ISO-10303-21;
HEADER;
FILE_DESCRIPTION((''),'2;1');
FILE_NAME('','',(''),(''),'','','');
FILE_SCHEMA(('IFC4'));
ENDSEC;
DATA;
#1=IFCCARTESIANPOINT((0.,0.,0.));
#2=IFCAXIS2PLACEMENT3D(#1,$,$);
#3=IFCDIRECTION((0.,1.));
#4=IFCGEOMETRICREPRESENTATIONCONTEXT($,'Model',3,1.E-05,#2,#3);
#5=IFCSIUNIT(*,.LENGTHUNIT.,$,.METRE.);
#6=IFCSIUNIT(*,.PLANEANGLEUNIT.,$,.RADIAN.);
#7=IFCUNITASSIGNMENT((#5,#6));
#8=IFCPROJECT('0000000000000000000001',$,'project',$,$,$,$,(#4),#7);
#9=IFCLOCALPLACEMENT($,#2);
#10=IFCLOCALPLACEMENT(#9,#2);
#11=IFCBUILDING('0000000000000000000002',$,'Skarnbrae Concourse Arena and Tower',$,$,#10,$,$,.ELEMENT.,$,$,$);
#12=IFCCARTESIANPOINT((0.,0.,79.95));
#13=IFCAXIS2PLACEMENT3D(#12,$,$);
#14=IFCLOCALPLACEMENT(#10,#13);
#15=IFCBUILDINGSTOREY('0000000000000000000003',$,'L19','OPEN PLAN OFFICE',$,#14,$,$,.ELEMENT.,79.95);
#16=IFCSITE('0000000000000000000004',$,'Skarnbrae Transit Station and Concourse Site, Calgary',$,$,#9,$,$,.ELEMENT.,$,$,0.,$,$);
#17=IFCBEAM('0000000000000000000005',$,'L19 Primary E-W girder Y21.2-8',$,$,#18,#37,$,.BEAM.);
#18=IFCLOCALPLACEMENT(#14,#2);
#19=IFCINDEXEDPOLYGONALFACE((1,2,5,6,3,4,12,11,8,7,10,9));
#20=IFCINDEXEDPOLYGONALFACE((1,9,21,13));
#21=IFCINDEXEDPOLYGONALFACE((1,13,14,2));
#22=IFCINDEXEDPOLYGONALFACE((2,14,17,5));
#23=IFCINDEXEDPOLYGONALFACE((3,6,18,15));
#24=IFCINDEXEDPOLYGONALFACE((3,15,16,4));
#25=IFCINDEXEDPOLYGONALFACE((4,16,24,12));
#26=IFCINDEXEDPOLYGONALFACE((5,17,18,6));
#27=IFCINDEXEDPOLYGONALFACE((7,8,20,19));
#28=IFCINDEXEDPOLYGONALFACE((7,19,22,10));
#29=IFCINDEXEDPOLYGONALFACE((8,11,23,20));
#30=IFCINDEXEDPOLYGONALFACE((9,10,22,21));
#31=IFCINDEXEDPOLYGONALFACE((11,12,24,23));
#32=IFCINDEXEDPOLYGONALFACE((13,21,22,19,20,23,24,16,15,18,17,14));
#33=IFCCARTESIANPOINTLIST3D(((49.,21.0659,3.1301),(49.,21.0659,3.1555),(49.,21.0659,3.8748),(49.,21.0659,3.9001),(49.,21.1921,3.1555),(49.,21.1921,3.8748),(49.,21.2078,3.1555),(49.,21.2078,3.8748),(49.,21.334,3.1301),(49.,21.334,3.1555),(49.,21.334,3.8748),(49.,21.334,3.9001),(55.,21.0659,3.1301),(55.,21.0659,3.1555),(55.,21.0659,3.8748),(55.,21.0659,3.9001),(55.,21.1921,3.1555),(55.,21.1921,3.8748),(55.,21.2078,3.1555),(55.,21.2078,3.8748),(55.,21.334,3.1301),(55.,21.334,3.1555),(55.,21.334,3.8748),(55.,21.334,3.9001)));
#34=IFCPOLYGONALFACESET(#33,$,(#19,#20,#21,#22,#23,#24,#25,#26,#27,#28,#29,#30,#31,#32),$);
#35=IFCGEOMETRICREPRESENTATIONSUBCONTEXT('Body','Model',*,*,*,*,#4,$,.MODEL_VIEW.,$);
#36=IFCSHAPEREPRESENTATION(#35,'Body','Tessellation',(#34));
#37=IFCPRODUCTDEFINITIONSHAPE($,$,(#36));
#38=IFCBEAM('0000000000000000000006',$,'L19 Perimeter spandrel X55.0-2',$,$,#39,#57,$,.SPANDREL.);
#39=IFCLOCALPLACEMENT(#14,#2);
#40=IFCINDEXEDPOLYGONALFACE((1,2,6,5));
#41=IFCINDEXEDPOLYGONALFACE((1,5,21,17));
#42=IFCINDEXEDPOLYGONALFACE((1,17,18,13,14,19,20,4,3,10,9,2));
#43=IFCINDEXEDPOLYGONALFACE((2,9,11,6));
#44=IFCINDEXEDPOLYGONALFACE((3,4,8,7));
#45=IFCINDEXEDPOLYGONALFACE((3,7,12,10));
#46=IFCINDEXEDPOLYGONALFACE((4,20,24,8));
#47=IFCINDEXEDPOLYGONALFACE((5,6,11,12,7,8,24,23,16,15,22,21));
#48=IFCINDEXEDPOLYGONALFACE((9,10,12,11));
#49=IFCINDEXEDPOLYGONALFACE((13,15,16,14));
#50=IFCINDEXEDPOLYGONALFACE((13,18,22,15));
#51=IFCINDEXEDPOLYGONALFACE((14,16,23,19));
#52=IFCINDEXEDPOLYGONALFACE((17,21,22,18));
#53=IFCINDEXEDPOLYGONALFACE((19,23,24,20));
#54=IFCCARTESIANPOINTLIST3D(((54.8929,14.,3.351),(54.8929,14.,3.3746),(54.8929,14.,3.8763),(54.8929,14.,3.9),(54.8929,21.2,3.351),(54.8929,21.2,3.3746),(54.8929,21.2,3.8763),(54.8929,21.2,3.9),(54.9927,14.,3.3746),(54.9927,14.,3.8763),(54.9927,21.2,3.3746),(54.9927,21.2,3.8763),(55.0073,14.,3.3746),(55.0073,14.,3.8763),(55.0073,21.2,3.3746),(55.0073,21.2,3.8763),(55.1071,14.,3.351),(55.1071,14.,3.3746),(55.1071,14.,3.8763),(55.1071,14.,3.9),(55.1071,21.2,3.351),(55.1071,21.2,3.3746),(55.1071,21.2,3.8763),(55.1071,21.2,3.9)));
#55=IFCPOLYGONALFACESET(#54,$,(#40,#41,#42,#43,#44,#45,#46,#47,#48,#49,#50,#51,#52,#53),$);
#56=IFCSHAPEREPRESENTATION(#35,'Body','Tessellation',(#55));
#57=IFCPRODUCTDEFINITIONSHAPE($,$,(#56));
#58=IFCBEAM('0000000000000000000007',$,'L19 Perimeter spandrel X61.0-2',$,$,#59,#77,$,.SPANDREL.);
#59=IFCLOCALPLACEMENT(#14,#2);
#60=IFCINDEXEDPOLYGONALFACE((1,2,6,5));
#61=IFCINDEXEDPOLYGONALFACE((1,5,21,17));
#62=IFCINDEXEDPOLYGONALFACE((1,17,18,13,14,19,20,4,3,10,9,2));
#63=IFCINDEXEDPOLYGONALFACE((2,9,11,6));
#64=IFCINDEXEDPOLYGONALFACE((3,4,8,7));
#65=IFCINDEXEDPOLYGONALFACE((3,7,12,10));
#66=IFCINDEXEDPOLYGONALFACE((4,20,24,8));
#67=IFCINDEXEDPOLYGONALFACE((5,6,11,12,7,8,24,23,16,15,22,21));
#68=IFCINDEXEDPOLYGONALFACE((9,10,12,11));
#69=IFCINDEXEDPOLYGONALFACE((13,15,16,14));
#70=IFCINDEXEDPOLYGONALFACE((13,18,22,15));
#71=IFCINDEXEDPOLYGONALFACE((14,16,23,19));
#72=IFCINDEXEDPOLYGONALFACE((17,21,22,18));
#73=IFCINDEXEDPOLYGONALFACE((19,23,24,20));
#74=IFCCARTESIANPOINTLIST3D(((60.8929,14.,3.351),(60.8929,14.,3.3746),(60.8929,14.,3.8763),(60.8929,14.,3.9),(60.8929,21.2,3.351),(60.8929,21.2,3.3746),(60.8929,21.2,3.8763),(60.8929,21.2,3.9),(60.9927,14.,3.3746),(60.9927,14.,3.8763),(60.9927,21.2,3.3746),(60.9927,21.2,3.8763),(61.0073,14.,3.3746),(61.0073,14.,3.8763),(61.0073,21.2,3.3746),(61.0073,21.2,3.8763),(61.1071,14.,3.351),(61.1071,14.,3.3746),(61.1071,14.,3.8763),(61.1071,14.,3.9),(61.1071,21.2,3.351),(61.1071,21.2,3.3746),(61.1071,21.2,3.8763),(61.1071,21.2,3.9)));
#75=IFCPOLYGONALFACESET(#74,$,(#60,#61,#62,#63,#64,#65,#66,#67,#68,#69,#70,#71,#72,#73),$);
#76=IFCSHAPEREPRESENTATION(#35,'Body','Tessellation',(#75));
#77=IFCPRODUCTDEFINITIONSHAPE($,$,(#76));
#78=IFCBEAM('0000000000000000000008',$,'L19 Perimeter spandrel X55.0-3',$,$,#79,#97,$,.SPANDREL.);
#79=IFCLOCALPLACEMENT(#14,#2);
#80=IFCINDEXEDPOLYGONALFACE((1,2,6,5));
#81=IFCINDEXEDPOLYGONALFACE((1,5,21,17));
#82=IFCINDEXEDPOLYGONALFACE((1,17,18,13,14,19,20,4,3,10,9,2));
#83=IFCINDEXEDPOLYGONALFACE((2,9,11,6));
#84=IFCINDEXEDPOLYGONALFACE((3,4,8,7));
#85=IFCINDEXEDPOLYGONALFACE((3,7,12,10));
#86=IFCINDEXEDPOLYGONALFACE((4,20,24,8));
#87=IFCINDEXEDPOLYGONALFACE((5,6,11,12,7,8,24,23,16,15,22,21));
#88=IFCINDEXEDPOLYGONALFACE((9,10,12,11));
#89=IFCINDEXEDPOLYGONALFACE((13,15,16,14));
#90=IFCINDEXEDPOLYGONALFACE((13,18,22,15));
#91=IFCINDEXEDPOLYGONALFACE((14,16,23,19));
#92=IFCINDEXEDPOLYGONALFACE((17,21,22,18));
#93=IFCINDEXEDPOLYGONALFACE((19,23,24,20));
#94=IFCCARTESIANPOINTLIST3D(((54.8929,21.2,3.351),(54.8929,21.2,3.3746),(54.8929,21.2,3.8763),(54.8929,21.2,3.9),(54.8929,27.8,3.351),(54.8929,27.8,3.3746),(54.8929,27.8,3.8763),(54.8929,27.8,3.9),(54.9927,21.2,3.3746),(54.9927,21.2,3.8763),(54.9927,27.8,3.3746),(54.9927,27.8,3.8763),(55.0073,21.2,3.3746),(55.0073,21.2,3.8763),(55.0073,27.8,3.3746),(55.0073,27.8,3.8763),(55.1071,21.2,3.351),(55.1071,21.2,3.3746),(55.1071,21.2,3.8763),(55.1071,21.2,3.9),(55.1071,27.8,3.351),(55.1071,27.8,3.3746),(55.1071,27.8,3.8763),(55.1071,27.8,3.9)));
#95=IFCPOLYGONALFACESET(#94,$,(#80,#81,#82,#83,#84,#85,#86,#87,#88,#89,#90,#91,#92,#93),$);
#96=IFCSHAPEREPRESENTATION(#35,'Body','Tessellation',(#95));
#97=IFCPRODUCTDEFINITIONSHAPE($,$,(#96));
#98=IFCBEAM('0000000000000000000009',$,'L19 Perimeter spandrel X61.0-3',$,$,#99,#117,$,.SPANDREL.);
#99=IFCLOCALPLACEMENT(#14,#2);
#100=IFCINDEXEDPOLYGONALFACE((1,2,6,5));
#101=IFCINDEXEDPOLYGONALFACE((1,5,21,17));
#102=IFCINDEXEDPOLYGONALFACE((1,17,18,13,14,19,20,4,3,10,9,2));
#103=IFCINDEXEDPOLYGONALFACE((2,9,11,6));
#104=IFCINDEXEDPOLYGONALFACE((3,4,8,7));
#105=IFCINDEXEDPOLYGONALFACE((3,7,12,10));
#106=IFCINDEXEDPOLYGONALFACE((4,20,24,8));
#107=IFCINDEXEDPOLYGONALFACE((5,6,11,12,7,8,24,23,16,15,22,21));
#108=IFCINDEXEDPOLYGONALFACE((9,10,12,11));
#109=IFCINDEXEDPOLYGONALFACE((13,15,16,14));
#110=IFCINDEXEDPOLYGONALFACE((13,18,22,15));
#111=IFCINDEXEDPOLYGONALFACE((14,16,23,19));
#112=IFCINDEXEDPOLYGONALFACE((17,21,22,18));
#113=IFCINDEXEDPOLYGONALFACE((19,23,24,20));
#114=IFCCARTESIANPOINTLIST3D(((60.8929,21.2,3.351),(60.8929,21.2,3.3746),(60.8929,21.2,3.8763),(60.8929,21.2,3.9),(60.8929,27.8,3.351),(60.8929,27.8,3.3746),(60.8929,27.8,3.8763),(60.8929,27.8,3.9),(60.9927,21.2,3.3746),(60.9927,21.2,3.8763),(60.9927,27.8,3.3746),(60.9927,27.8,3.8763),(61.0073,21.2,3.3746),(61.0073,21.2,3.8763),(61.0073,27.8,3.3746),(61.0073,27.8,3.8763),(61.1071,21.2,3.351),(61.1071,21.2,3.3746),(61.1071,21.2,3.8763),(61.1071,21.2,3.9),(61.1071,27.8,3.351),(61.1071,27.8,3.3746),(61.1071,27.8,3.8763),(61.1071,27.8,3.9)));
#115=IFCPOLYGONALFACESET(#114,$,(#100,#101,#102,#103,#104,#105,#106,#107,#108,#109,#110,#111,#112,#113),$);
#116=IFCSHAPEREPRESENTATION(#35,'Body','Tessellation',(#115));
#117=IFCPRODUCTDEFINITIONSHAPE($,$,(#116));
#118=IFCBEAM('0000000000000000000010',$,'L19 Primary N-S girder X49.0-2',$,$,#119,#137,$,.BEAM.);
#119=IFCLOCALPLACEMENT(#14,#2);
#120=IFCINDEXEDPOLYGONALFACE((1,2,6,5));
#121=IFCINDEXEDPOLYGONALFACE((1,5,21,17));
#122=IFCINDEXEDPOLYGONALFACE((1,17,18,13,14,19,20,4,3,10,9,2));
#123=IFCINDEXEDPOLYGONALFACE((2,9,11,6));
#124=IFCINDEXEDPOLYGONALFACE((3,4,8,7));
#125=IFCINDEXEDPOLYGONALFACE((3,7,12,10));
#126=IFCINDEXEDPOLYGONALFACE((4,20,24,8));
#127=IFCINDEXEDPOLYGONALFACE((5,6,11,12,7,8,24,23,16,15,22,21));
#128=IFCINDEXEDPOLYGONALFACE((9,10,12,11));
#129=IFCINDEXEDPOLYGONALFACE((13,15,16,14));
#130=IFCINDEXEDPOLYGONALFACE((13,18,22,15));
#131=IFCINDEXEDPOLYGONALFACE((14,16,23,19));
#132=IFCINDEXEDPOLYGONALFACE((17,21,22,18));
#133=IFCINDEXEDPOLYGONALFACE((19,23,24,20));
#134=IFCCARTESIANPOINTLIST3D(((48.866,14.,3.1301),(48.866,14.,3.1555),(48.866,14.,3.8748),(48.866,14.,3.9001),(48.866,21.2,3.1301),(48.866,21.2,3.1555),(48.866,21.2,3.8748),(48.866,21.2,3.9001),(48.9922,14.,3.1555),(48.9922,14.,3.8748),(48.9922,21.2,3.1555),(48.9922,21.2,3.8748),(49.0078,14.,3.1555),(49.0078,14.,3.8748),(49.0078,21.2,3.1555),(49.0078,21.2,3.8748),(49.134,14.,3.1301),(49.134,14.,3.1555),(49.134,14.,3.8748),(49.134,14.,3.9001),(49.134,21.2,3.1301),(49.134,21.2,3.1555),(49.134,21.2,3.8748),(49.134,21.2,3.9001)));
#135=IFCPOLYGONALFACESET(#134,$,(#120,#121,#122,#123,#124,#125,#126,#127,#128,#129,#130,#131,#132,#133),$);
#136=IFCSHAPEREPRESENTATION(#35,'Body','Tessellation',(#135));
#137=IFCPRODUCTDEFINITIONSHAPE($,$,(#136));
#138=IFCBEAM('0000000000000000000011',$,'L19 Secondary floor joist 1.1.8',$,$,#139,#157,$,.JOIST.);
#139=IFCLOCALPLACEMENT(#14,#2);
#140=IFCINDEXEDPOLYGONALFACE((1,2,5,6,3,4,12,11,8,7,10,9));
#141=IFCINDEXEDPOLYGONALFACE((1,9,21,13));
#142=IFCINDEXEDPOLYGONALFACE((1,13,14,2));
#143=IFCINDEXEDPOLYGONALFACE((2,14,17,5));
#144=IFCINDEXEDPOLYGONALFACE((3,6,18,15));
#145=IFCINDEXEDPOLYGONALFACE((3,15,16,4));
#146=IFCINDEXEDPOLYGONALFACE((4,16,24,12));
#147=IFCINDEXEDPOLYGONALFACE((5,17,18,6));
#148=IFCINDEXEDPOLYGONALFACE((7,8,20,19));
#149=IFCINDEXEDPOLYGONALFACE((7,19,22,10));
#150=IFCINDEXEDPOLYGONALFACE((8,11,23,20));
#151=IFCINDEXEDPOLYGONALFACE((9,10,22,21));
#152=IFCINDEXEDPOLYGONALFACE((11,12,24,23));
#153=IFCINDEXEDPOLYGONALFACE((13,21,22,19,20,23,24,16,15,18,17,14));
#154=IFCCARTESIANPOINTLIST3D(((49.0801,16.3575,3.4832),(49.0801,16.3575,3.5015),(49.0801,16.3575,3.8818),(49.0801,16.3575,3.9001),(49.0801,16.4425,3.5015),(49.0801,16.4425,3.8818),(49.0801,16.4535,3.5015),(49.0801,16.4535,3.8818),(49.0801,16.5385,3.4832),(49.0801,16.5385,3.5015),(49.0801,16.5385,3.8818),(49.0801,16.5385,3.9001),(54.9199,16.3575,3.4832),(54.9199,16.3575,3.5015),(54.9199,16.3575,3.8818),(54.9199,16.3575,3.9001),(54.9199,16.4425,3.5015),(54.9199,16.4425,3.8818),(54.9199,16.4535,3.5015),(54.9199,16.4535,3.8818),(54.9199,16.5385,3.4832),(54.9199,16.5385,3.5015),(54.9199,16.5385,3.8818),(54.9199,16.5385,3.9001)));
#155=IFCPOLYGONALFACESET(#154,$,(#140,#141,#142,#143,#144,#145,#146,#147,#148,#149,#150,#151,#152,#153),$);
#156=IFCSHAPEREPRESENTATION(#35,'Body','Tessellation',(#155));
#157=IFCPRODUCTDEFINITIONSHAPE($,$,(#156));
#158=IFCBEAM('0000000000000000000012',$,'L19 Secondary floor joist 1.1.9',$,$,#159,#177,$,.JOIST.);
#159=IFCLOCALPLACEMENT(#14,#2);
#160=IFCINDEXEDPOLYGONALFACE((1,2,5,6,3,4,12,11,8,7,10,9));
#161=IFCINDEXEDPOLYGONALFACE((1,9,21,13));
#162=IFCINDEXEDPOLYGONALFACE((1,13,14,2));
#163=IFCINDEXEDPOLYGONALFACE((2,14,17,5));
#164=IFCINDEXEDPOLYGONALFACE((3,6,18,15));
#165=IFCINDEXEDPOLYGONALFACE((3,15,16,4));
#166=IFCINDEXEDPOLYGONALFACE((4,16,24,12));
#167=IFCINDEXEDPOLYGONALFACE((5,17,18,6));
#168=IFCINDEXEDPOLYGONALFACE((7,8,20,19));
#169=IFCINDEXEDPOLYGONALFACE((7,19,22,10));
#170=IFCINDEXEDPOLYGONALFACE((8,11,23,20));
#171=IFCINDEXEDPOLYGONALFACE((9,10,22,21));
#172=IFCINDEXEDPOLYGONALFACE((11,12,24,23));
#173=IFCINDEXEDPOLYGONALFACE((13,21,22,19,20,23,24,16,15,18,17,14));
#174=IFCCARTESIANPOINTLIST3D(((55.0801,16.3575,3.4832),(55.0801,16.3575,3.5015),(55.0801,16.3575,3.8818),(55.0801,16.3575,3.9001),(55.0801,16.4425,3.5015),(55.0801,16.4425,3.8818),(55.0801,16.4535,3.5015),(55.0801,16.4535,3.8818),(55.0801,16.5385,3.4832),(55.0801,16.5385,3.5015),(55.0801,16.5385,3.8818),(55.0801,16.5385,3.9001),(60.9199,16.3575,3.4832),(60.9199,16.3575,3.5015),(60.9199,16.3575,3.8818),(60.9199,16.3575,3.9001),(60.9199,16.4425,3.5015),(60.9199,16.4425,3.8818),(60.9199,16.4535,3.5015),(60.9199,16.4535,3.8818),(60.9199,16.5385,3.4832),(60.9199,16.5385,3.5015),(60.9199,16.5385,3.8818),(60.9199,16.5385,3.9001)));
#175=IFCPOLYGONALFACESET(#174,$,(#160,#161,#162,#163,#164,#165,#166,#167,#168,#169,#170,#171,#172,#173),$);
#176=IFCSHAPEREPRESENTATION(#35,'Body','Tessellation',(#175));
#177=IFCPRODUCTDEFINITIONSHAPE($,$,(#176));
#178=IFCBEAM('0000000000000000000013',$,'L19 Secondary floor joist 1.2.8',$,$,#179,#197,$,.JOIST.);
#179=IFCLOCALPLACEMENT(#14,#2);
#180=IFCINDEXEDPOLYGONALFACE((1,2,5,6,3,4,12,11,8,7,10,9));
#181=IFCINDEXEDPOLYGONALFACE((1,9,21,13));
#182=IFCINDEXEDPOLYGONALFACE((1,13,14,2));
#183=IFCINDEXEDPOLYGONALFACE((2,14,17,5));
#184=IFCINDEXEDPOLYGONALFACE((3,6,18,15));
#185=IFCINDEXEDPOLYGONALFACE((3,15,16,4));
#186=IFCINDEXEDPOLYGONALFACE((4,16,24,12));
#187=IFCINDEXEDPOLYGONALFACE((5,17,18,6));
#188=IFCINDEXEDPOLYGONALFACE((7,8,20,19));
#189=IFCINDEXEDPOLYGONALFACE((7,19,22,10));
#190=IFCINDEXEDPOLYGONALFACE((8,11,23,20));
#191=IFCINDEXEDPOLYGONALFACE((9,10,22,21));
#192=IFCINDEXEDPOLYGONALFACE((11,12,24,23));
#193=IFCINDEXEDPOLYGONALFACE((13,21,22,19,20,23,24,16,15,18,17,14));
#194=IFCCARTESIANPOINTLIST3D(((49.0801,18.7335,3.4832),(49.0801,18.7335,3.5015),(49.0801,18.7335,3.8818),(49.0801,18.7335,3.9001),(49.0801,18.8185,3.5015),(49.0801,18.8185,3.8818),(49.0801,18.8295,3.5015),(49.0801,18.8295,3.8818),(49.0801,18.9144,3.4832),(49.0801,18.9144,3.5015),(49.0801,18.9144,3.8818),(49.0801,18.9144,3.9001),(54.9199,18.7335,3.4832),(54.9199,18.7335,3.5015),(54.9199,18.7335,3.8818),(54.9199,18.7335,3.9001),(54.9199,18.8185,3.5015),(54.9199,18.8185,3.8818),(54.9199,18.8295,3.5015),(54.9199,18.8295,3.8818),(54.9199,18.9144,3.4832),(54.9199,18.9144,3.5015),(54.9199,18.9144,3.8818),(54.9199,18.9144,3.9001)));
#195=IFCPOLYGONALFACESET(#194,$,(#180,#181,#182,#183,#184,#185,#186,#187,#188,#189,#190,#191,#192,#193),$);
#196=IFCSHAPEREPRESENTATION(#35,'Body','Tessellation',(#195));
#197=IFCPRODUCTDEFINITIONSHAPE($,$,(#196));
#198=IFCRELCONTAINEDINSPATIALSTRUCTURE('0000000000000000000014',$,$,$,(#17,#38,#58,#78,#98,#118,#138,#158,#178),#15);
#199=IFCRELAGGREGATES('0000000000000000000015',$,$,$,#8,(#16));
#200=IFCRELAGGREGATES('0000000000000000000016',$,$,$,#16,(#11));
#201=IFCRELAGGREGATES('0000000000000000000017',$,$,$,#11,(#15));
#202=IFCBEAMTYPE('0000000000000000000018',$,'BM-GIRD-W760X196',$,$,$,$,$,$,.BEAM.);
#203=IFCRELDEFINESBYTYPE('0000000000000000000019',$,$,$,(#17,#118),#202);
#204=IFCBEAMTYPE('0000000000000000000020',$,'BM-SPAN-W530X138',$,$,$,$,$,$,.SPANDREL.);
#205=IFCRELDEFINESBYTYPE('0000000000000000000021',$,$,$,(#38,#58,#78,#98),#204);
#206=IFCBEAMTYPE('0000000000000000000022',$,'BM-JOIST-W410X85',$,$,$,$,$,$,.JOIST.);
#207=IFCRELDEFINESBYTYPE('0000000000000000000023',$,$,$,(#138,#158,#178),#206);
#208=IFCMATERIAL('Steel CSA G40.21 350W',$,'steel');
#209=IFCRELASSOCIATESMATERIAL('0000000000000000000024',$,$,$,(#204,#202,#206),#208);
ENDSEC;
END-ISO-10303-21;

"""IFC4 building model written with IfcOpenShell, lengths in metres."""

from ifc_helpers import new_model, si_unit, direction, frame, origin, origin_2d, place, context, subcontext, project, spatial, i_section, extrude, source, transform, mapped, material, material_profile, profile_set, type_object, element, save


model = new_model("IFC4")

# Units and contexts
model_context = context("Model", 3, precision=1e-05, world=origin(), true_north=direction((0.0, 1.0)))
body_context = subcontext(model_context, "Body", "Model", "MODEL_VIEW")
ifc_project = project(units=[si_unit("LENGTHUNIT", "METRE"), si_unit("PLANEANGLEUNIT", "RADIAN")], contexts=[model_context])

# Site, building, storey
site_placement = place(None, origin())
site = spatial("IfcSite", under=ifc_project, at=site_placement, Name="Skarnbrae Transit Station and Concourse Site, Calgary", CompositionType="ELEMENT", RefElevation=0.0)
building_placement = place(site_placement, origin())
building = spatial("IfcBuilding", under=site, at=building_placement, Name="Skarnbrae Concourse Arena and Tower", CompositionType="ELEMENT")
storey_placement = place(building_placement, frame((0.0, 0.0, 79.95)))
storey = spatial("IfcBuildingStorey", under=building, at=storey_placement, Name="L19", Description="OPEN PLAN OFFICE", CompositionType="ELEMENT", Elevation=79.95)

# Shared definitions
ifc_material_1 = material(Name="Steel CSA G40.21 350W", Category="steel")

# Beams
ifc_material_profile_1 = material_profile(ifc_material_1, i_section(OverallWidth=0.2141, OverallDepth=0.5491, WebThickness=0.0146, FlangeThickness=0.0237, at=origin_2d()), Name="W530X138")
ifc_profile_set_1 = profile_set([ifc_material_profile_1], Name="Steel CSA G40.21 350W")
beam_type_1 = type_object("IfcBeamType", Name="BM-SPAN-W530X138", PredefinedType="SPANDREL", material=ifc_profile_set_1)
ifc_material_profile_2 = material_profile(ifc_material_1, i_section(OverallWidth=0.2681, OverallDepth=0.77, WebThickness=0.0156, FlangeThickness=0.0254, at=origin_2d()), Name="W760X196")
ifc_profile_set_2 = profile_set([ifc_material_profile_2], Name="Steel CSA G40.21 350W")
beam_type_2 = type_object("IfcBeamType", Name="BM-GIRD-W760X196", PredefinedType="BEAM", material=ifc_profile_set_2)
shared_shape_1 = source(origin(), body_context, "Body", "SweptSolid", [
    extrude(i_section(OverallWidth=0.2681, OverallDepth=0.77, WebThickness=0.0156, FlangeThickness=0.0254, at=origin_2d()), origin(), (0.0, 0.0, 1.0), 6.0),
])
beam_1_placement = place(storey_placement, frame((49.0, 21.2, 3.5151), z_axis=(1.0, 0.0, 0.0), x_axis=(0.0, 1.0, 0.0)))
element("IfcBeam", 1, at=beam_1_placement, inside=storey, type_object=beam_type_2, Name="L19 Primary E-W girder Y21.2-8", PredefinedType="BEAM", context=body_context, shape_type="MappedRepresentation", body=[
    mapped(shared_shape_1, transform((0.0, 0.0, 0.0))),
])
shared_shape_2 = source(origin(), body_context, "Body", "SweptSolid", [
    extrude(i_section(OverallWidth=0.2141, OverallDepth=0.5491, WebThickness=0.0146, FlangeThickness=0.0237, at=origin_2d()), origin(), (0.0, 0.0, 1.0), 7.2),
])
for number, where, z_axis, x_axis, name in (
    (2, (55.0, 14.0, 3.6255), (0.0, 1.0, 0.0), (-1.0, 0.0, 0.0), "L19 Perimeter spandrel X55.0-2"),
    (3, (61.0, 14.0, 3.6255), (0.0, 1.0, 0.0), (-1.0, 0.0, 0.0), "L19 Perimeter spandrel X61.0-2"),
):
    element("IfcBeam", number, at=place(storey_placement, frame(where, z_axis=z_axis, x_axis=x_axis)), inside=storey, type_object=beam_type_1, Name=name, PredefinedType="SPANDREL", context=body_context, shape_type="MappedRepresentation", body=[
        mapped(shared_shape_2, transform((0.0, 0.0, 0.0))),
    ])
shared_shape_3 = source(origin(), body_context, "Body", "SweptSolid", [
    extrude(i_section(OverallWidth=0.2141, OverallDepth=0.5491, WebThickness=0.0146, FlangeThickness=0.0237, at=origin_2d()), origin(), (0.0, 0.0, 1.0), 6.6001),
])
for number, where, z_axis, x_axis, name in (
    (4, (55.0, 21.2, 3.6255), (0.0, 1.0, 0.0), (-1.0, 0.0, 0.0), "L19 Perimeter spandrel X55.0-3"),
    (5, (61.0, 21.2, 3.6255), (0.0, 1.0, 0.0), (-1.0, 0.0, 0.0), "L19 Perimeter spandrel X61.0-3"),
):
    element("IfcBeam", number, at=place(storey_placement, frame(where, z_axis=z_axis, x_axis=x_axis)), inside=storey, type_object=beam_type_1, Name=name, PredefinedType="SPANDREL", context=body_context, shape_type="MappedRepresentation", body=[
        mapped(shared_shape_3, transform((0.0, 0.0, 0.0))),
    ])
shared_shape_4 = source(origin(), body_context, "Body", "SweptSolid", [
    extrude(i_section(OverallWidth=0.2681, OverallDepth=0.77, WebThickness=0.0156, FlangeThickness=0.0254, at=origin_2d()), origin(), (0.0, 0.0, 1.0), 7.2),
])
beam_2_placement = place(storey_placement, frame((49.0, 14.0, 3.5151), z_axis=(0.0, 1.0, 0.0), x_axis=(-1.0, 0.0, 0.0)))
element("IfcBeam", 6, at=beam_2_placement, inside=storey, type_object=beam_type_2, Name="L19 Primary N-S girder X49.0-2", PredefinedType="BEAM", context=body_context, shape_type="MappedRepresentation", body=[
    mapped(shared_shape_4, transform((0.0, 0.0, 0.0))),
])
ifc_material_profile_3 = material_profile(ifc_material_1, i_section(OverallWidth=0.1809, OverallDepth=0.417, WebThickness=0.011, FlangeThickness=0.0183, at=origin_2d()), Name="W410X85")
ifc_profile_set_3 = profile_set([ifc_material_profile_3], Name="Steel CSA G40.21 350W")
beam_type_3 = type_object("IfcBeamType", Name="BM-JOIST-W410X85", PredefinedType="JOIST", material=ifc_profile_set_3)
shared_shape_5 = source(origin(), body_context, "Body", "SweptSolid", [
    extrude(i_section(OverallWidth=0.1809, OverallDepth=0.417, WebThickness=0.011, FlangeThickness=0.0183, at=origin_2d()), origin(), (0.0, 0.0, 1.0), 5.8398),
])
for number, where, z_axis, x_axis, name in (
    (7, (49.0801, 16.448, 3.6917), (1.0, 0.0, 0.0), (0.0, 1.0, 0.0), "L19 Secondary floor joist 1.1.8"),
    (8, (55.0801, 16.448, 3.6917), (1.0, 0.0, 0.0), (0.0, 1.0, 0.0), "L19 Secondary floor joist 1.1.9"),
    (9, (49.0801, 18.824, 3.6917), (1.0, 0.0, 0.0), (0.0, 1.0, 0.0), "L19 Secondary floor joist 1.2.8"),
):
    element("IfcBeam", number, at=place(storey_placement, frame(where, z_axis=z_axis, x_axis=x_axis)), inside=storey, type_object=beam_type_3, Name=name, PredefinedType="JOIST", context=body_context, shape_type="MappedRepresentation", body=[
        mapped(shared_shape_5, transform((0.0, 0.0, 0.0))),
    ])

save(model, "model.ifc")
